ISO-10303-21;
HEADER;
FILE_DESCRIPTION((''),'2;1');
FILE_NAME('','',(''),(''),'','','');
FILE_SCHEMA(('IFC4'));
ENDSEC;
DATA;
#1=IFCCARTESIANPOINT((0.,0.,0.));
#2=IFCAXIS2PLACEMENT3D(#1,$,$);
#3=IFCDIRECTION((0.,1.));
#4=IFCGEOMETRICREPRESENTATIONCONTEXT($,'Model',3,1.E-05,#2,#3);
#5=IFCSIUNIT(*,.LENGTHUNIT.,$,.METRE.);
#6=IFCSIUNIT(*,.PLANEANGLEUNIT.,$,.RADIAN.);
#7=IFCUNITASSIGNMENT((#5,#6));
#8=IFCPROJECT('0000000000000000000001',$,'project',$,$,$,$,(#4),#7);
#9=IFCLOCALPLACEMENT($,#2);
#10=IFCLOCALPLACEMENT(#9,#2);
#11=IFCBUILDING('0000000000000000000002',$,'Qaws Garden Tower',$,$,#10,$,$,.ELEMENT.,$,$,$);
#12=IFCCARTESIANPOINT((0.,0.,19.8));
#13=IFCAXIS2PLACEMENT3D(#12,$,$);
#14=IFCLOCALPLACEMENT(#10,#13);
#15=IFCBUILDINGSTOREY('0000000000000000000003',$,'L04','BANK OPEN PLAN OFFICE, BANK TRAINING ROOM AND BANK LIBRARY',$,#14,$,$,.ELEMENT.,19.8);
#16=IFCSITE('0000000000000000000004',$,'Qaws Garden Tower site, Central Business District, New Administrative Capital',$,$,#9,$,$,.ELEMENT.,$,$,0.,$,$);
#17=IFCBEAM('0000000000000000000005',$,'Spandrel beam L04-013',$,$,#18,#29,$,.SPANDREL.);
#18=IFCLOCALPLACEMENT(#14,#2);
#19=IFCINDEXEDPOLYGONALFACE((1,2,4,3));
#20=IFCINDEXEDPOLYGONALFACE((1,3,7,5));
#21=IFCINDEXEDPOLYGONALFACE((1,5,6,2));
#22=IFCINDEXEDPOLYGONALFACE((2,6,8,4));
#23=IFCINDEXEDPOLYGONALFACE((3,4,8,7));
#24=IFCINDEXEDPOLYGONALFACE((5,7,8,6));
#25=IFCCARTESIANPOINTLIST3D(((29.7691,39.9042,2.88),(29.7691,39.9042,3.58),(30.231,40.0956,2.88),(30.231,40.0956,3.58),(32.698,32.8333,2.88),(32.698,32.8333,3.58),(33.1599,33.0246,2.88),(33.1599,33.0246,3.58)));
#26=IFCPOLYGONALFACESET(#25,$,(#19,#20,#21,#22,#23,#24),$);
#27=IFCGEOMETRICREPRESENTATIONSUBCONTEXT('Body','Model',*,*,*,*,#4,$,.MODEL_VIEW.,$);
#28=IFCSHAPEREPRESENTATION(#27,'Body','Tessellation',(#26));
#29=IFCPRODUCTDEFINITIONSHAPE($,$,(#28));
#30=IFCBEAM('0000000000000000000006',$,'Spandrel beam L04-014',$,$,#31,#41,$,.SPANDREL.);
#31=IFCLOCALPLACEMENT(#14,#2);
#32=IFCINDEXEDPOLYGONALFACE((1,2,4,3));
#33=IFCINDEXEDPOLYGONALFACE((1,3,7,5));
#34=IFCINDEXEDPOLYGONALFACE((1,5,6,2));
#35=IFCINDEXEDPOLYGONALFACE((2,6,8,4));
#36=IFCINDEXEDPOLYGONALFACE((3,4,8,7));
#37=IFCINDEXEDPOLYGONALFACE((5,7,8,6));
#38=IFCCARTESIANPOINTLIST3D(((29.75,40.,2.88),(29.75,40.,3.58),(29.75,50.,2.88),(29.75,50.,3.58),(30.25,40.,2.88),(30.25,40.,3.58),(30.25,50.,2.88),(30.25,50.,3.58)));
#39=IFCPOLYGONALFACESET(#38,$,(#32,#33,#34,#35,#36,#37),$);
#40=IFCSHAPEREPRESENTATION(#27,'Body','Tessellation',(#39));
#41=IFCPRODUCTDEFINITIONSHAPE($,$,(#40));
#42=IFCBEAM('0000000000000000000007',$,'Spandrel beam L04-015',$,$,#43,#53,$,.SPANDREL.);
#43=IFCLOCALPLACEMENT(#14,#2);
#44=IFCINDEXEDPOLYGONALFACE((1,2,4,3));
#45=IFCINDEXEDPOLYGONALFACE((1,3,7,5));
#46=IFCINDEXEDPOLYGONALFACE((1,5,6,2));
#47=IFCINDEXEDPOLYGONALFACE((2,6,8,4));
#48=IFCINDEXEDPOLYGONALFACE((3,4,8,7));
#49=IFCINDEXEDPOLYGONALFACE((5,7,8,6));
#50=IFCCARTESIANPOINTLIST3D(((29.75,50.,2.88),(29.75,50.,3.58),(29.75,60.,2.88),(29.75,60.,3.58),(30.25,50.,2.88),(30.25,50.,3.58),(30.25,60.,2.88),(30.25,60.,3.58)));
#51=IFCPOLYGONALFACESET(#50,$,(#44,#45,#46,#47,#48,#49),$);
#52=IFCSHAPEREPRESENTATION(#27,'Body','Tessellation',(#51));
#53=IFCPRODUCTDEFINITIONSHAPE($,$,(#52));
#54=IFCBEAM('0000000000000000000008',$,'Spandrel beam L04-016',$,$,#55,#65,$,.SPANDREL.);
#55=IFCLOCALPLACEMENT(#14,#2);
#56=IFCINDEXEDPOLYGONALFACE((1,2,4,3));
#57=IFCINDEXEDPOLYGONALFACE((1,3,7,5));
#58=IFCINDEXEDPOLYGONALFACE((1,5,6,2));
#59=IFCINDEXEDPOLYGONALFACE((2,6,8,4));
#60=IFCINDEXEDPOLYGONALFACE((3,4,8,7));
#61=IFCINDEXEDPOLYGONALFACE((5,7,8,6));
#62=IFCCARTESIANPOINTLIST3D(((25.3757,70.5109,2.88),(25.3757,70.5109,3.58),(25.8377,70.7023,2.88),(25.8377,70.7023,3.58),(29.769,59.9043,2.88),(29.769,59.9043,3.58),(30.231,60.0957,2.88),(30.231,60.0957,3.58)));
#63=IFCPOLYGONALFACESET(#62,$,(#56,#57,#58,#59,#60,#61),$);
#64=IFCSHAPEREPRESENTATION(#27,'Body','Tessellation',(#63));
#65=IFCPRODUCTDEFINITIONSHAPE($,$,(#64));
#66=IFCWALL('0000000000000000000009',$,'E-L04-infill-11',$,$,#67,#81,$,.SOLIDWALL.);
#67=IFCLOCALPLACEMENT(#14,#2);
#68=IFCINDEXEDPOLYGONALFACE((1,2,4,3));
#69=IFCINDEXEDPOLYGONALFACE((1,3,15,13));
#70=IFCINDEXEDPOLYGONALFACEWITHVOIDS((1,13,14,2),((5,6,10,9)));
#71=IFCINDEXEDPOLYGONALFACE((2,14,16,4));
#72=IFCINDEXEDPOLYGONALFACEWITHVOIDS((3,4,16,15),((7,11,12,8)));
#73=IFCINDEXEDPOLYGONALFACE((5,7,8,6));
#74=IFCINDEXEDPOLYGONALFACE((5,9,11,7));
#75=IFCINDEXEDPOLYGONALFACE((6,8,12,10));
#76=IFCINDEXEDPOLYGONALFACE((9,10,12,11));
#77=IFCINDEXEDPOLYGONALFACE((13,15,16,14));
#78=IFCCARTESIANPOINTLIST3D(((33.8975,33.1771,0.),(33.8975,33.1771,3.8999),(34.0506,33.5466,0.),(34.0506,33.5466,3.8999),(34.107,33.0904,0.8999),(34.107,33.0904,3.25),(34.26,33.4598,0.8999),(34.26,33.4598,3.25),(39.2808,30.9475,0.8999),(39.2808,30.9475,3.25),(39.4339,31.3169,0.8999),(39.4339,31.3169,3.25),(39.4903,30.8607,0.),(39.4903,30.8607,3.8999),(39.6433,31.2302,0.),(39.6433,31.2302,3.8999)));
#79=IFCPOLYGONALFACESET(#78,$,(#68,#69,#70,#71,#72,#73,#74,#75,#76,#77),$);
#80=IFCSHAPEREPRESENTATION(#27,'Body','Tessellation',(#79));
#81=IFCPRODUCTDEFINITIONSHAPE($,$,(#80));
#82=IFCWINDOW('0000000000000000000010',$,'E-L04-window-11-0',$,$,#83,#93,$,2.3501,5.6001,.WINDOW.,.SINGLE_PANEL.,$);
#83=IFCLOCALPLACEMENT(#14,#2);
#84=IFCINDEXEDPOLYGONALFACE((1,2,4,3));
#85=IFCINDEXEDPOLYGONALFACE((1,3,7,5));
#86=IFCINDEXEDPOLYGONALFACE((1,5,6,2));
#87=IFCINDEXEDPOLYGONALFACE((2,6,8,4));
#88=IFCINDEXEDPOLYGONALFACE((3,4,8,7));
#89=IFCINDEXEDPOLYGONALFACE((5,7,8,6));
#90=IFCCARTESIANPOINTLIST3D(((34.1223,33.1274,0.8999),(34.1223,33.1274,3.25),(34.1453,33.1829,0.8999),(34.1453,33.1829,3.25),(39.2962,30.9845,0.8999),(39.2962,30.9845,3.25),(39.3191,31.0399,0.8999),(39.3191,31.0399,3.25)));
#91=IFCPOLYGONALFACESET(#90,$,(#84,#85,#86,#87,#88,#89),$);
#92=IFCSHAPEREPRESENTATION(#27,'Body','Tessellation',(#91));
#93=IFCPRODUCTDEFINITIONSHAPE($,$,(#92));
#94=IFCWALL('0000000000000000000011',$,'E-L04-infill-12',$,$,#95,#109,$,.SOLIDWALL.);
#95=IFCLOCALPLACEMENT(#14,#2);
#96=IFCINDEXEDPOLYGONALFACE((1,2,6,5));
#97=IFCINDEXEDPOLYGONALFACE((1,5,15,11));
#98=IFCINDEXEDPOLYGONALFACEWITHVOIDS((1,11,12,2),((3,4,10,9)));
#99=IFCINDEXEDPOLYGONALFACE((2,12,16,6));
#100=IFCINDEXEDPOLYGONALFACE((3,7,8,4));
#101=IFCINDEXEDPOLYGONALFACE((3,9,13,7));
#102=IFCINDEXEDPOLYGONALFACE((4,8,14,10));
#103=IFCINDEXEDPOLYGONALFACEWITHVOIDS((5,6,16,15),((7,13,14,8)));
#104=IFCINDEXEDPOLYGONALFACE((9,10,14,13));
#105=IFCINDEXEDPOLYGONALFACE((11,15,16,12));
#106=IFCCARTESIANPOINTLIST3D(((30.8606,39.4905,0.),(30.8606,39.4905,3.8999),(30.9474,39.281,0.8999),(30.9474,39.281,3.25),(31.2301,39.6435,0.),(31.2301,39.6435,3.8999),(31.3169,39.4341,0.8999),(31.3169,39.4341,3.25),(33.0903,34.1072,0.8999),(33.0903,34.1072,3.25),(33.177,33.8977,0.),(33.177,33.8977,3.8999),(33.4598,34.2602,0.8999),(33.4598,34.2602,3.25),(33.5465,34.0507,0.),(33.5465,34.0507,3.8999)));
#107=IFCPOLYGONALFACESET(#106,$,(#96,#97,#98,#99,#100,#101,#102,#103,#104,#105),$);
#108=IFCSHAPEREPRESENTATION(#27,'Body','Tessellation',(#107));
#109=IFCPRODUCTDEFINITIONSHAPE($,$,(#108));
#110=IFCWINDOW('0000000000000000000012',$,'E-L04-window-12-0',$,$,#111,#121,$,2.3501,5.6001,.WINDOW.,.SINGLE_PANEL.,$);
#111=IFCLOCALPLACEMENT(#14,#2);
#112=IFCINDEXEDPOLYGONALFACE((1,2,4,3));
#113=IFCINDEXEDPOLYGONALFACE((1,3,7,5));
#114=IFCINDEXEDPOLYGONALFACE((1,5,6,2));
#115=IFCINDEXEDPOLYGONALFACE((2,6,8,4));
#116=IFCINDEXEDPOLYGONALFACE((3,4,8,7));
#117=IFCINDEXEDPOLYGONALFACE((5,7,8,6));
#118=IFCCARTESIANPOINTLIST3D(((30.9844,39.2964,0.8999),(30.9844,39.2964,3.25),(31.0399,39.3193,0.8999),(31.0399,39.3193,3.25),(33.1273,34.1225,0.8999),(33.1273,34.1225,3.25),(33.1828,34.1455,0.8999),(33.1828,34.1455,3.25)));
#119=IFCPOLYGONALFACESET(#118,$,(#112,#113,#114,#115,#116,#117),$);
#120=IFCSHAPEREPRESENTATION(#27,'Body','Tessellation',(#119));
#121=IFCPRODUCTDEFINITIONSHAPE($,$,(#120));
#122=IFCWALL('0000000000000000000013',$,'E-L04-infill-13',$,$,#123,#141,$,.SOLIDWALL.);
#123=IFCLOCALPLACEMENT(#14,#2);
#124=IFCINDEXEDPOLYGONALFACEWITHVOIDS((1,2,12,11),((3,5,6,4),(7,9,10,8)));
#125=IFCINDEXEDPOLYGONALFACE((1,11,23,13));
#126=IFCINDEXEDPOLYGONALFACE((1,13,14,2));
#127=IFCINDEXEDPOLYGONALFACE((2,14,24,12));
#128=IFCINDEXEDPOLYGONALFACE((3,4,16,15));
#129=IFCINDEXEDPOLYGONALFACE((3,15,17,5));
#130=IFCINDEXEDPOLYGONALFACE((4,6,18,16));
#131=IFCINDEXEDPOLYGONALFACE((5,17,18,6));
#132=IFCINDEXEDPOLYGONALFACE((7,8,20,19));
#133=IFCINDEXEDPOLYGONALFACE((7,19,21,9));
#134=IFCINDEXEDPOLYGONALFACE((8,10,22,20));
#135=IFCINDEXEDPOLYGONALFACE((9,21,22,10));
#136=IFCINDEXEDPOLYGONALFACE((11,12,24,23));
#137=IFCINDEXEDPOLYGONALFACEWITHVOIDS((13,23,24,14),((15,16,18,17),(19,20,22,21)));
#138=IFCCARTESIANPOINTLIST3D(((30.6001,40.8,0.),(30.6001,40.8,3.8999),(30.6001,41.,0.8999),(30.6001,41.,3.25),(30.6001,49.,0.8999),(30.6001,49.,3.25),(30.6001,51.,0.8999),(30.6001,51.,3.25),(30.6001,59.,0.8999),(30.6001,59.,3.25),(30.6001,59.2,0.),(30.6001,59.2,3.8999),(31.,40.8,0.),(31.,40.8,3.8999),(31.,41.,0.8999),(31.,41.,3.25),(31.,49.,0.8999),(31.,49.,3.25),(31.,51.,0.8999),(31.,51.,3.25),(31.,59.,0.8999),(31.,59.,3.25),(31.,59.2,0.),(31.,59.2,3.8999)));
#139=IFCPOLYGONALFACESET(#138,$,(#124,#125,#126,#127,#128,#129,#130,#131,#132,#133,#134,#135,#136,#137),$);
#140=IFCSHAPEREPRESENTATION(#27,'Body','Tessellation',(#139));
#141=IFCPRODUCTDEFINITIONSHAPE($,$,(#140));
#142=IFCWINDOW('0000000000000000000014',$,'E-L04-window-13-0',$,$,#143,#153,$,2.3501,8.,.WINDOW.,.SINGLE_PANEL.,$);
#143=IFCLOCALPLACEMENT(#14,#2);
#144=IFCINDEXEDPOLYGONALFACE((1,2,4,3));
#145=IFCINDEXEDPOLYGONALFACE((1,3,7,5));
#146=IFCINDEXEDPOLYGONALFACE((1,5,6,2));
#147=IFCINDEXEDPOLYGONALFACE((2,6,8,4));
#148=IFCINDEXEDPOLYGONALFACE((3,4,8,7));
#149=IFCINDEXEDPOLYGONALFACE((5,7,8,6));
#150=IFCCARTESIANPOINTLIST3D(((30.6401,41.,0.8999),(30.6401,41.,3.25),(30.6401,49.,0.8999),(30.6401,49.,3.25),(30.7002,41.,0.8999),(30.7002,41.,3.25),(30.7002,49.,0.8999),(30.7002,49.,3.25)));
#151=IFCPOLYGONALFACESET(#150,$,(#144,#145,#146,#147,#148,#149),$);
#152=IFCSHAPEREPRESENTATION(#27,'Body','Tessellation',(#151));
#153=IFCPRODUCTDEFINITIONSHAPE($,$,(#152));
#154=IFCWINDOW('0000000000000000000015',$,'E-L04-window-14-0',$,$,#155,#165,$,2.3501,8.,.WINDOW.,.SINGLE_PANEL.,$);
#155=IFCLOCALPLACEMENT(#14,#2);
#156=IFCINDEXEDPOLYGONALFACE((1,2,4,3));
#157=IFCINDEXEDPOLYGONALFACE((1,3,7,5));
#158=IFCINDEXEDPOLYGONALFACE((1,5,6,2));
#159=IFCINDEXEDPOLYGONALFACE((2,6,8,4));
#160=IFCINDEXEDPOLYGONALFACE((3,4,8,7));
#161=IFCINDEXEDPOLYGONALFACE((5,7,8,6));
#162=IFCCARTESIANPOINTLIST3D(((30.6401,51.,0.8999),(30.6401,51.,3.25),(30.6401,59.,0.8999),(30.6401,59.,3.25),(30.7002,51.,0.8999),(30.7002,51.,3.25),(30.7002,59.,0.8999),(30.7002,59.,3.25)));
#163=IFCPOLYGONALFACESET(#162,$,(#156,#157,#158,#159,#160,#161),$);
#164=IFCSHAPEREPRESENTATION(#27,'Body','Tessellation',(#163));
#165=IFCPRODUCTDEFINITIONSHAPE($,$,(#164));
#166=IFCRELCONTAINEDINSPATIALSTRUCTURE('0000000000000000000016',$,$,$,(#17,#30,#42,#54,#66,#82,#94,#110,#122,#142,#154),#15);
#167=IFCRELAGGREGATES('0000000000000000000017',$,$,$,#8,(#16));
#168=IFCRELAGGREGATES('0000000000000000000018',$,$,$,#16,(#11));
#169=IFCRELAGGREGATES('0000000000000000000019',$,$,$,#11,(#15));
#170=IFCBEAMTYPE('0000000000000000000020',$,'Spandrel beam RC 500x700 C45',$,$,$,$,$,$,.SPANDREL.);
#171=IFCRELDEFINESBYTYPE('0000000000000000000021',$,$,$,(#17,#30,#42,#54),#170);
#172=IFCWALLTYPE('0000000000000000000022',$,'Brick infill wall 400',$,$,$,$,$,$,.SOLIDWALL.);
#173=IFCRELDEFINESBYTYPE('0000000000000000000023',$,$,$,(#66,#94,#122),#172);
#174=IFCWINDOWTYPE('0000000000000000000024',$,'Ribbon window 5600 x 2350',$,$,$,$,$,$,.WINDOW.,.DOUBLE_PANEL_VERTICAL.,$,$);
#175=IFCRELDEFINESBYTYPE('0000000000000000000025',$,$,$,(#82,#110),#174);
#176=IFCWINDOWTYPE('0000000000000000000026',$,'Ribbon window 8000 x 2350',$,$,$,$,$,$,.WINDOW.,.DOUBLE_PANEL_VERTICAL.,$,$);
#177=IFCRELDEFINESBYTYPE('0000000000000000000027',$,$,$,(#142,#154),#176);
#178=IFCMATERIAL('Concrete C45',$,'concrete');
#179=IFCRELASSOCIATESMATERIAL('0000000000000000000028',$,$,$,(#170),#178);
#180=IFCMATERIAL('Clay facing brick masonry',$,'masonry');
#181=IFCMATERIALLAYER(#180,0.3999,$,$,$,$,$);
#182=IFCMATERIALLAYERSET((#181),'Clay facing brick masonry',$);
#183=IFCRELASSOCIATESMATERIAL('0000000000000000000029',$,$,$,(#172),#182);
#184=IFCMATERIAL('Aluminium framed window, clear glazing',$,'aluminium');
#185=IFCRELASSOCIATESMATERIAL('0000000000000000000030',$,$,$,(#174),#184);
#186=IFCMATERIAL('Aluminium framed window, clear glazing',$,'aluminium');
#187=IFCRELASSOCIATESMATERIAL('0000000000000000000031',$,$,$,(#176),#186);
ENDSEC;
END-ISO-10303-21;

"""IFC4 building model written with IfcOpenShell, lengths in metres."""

from ifc_helpers import new_model, si_unit, direction, frame, frame_2d, origin, origin_2d, place, context, subcontext, project, spatial, rectangle, extrude, material, layer, layer_set, material_profile, profile_set, type_object, element, fill, save


model = new_model("IFC4")

# Units and contexts
model_context = context("Model", 3, precision=1e-05, world=origin(), true_north=direction((0.0, 1.0)))
body_context = subcontext(model_context, "Body", "Model", "MODEL_VIEW")
ifc_project = project(units=[si_unit("LENGTHUNIT", "METRE"), si_unit("PLANEANGLEUNIT", "RADIAN")], contexts=[model_context])

# Site, building, storey
site_placement = place(None, origin())
site = spatial("IfcSite", under=ifc_project, at=site_placement, Name="Qaws Garden Tower site, Central Business District, New Administrative Capital", CompositionType="ELEMENT", RefElevation=0.0)
building_placement = place(site_placement, origin())
building = spatial("IfcBuilding", under=site, at=building_placement, Name="Qaws Garden Tower", CompositionType="ELEMENT")
storey_placement = place(building_placement, frame((0.0, 0.0, 19.8)))
storey = spatial("IfcBuildingStorey", under=building, at=storey_placement, Name="L04", Description="BANK OPEN PLAN OFFICE, BANK TRAINING ROOM AND BANK LIBRARY", CompositionType="ELEMENT", Elevation=19.8)

# Beams
ifc_material_1 = material(Name="Concrete C45", Category="concrete")
ifc_material_profile_1 = material_profile(ifc_material_1, rectangle(XDim=0.5, YDim=0.7, at=origin_2d()), Name="RC 500x700")
ifc_profile_set_1 = profile_set([ifc_material_profile_1], Name="Concrete C45")
beam_type = type_object("IfcBeamType", Name="Spandrel beam RC 500x700 C45", PredefinedType="SPANDREL", material=ifc_profile_set_1)
beam_1_placement = place(storey_placement, frame((32.929, 32.929, 3.23), z_axis=(-0.382687, 0.923878, 0.0), x_axis=(-0.923878, -0.382687, 0.0)))
element("IfcBeam", 1, at=beam_1_placement, inside=storey, type_object=beam_type, Name="Spandrel beam L04-013", PredefinedType="SPANDREL", context=body_context, shape_type="SweptSolid", body=[
    extrude(rectangle(XDim=0.5, YDim=0.7, at=origin_2d()), origin(), (0.0, 0.0, 1.0), 7.6536),
])
for number, where, z_axis, x_axis, name in (
    (2, (30.0, 40.0, 3.23), (0.0, 1.0, 0.0), (-1.0, 0.0, 0.0), "Spandrel beam L04-014"),
    (3, (30.0, 50.0, 3.23), (0.0, 1.0, 0.0), (-1.0, 0.0, 0.0), "Spandrel beam L04-015"),
):
    element("IfcBeam", number, at=place(storey_placement, frame(where, z_axis=z_axis, x_axis=x_axis)), inside=storey, type_object=beam_type, Name=name, PredefinedType="SPANDREL", context=body_context, shape_type="SweptSolid", body=[
        extrude(rectangle(XDim=0.5, YDim=0.7, at=origin_2d()), origin(), (0.0, 0.0, 1.0), 10.0),
    ])
beam_2_placement = place(storey_placement, frame((30.0, 60.0, 3.23), z_axis=(-0.382674, 0.923883, 0.0), x_axis=(-0.923883, -0.382674, 0.0)))
element("IfcBeam", 4, at=beam_2_placement, inside=storey, type_object=beam_type, Name="Spandrel beam L04-016", PredefinedType="SPANDREL", context=body_context, shape_type="SweptSolid", body=[
    extrude(rectangle(XDim=0.5, YDim=0.7, at=origin_2d()), origin(), (0.0, 0.0, 1.0), 11.4805),
])

# Walls, openings, windows
ifc_material_2 = material(Name="Clay facing brick masonry", Category="masonry")
ifc_layer_1 = layer(ifc_material_2, 0.3999)
ifc_layer_set_1 = layer_set([ifc_layer_1], Name="Clay facing brick masonry")
wall_type_1 = type_object("IfcWallType", Name="Brick infill wall 400", PredefinedType="SOLIDWALL", material=ifc_layer_set_1)
wall_1_placement = place(storey_placement, frame((39.5669, 31.0454, 0.0), z_axis=(0.0, 0.0, 1.0), x_axis=(-0.923891, 0.382656, 0.0)))
wall_1 = element("IfcWall", 5, at=wall_1_placement, inside=storey, type_object=wall_type_1, Name="E-L04-infill-11", PredefinedType="SOLIDWALL", context=body_context, shape_type="SweptSolid", body=[
    extrude(rectangle(XDim=6.0535, YDim=0.3999, at=frame_2d((3.0269, 0.0))), origin(), (0.0, 0.0, 1.0), 3.8999),
])
opening_1_placement = place(wall_1_placement, frame((0.2268, 0.0, 0.8999)))
opening_1 = element("IfcOpeningElement", 6, at=opening_1_placement, cuts=wall_1, PredefinedType="OPENING", context=body_context, shape_type="SweptSolid", body=[
    extrude(rectangle(XDim=5.6001, YDim=2.3501, at=frame_2d((2.8, 1.175))), frame((0.0, 0.21, 0.0), z_axis=(0.0, -1.0, 0.0), x_axis=(1.0, 0.0, 0.0)), (0.0, 0.0, 1.0), 0.4199),
])
ifc_material_3 = material(Name="Aluminium framed window, clear glazing", Category="aluminium")
window_type_1 = type_object("IfcWindowType", Name="Ribbon window 5600 x 2350", PartitioningType="DOUBLE_PANEL_VERTICAL", PredefinedType="WINDOW", material=ifc_material_3)
window_1_placement = place(opening_1_placement, origin())
window_1 = element("IfcWindow", 7, at=window_1_placement, inside=storey, type_object=window_type_1, Name="E-L04-window-11-0", OverallHeight=2.3501, OverallWidth=5.6001, PartitioningType="SINGLE_PANEL", PredefinedType="WINDOW", context=body_context, shape_type="SweptSolid", body=[
    extrude(rectangle(XDim=5.6001, YDim=2.3501, at=frame_2d((2.8, 1.175))), frame((0.0, 0.1599, 0.0), z_axis=(0.0, -1.0, 0.0), x_axis=(1.0, 0.0, 0.0)), (0.0, 0.0, 1.0), 0.0601),
])
fill(opening_1, window_1)
wall_2_placement = place(storey_placement, frame((33.3618, 33.9741, 0.0), z_axis=(0.0, 0.0, 1.0), x_axis=(-0.382656, 0.923891, 0.0)))
wall_2 = element("IfcWall", 8, at=wall_2_placement, inside=storey, type_object=wall_type_1, Name="E-L04-infill-12", PredefinedType="SOLIDWALL", context=body_context, shape_type="SweptSolid", body=[
    extrude(rectangle(XDim=6.0535, YDim=0.3999, at=frame_2d((3.0269, 0.0))), origin(), (0.0, 0.0, 1.0), 3.8999),
])
opening_2_placement = place(wall_2_placement, frame((0.2268, 0.0, 0.8999)))
opening_2 = element("IfcOpeningElement", 9, at=opening_2_placement, cuts=wall_2, PredefinedType="OPENING", context=body_context, shape_type="SweptSolid", body=[
    extrude(rectangle(XDim=5.6001, YDim=2.3501, at=frame_2d((2.8, 1.175))), frame((0.0, 0.21, 0.0), z_axis=(0.0, -1.0, 0.0), x_axis=(1.0, 0.0, 0.0)), (0.0, 0.0, 1.0), 0.4199),
])
window_2_placement = place(opening_2_placement, origin())
window_2 = element("IfcWindow", 10, at=window_2_placement, inside=storey, type_object=window_type_1, Name="E-L04-window-12-0", OverallHeight=2.3501, OverallWidth=5.6001, PartitioningType="SINGLE_PANEL", PredefinedType="WINDOW", context=body_context, shape_type="SweptSolid", body=[
    extrude(rectangle(XDim=5.6001, YDim=2.3501, at=frame_2d((2.8, 1.175))), frame((0.0, 0.1599, 0.0), z_axis=(0.0, -1.0, 0.0), x_axis=(1.0, 0.0, 0.0)), (0.0, 0.0, 1.0), 0.0601),
])
fill(opening_2, window_2)

# Wall, openings, windows
wall_3_placement = place(storey_placement, frame((30.8, 40.8, 0.0), z_axis=(0.0, 0.0, 1.0), x_axis=(0.0, 1.0, 0.0)))
wall_3 = element("IfcWall", 11, at=wall_3_placement, inside=storey, type_object=wall_type_1, Name="E-L04-infill-13", PredefinedType="SOLIDWALL", context=body_context, shape_type="SweptSolid", body=[
    extrude(rectangle(XDim=18.3999, YDim=0.3999, at=frame_2d((9.2, 0.0))), origin(), (0.0, 0.0, 1.0), 3.8999),
])
opening_3_placement = place(wall_3_placement, frame((0.2, 0.0, 0.8999)))
opening_3 = element("IfcOpeningElement", 12, at=opening_3_placement, cuts=wall_3, PredefinedType="OPENING", context=body_context, shape_type="SweptSolid", body=[
    extrude(rectangle(XDim=8.0, YDim=2.3501, at=frame_2d((4.0, 1.175))), frame((0.0, 0.21, 0.0), z_axis=(0.0, -1.0, 0.0), x_axis=(1.0, 0.0, 0.0)), (0.0, 0.0, 1.0), 0.4199),
])
opening_4_placement = place(wall_3_placement, frame((10.2, 0.0, 0.8999)))
opening_4 = element("IfcOpeningElement", 13, at=opening_4_placement, cuts=wall_3, PredefinedType="OPENING", context=body_context, shape_type="SweptSolid", body=[
    extrude(rectangle(XDim=8.0, YDim=2.3501, at=frame_2d((4.0, 1.175))), frame((0.0, 0.21, 0.0), z_axis=(0.0, -1.0, 0.0), x_axis=(1.0, 0.0, 0.0)), (0.0, 0.0, 1.0), 0.4199),
])
ifc_material_4 = material(Name="Aluminium framed window, clear glazing", Category="aluminium")
window_type_2 = type_object("IfcWindowType", Name="Ribbon window 8000 x 2350", PartitioningType="DOUBLE_PANEL_VERTICAL", PredefinedType="WINDOW", material=ifc_material_4)
window_3_placement = place(opening_3_placement, origin())
window_3 = element("IfcWindow", 14, at=window_3_placement, inside=storey, type_object=window_type_2, Name="E-L04-window-13-0", OverallHeight=2.3501, OverallWidth=8.0, PartitioningType="SINGLE_PANEL", PredefinedType="WINDOW", context=body_context, shape_type="SweptSolid", body=[
    extrude(rectangle(XDim=8.0, YDim=2.3501, at=frame_2d((4.0, 1.175))), frame((0.0, 0.1599, 0.0), z_axis=(0.0, -1.0, 0.0), x_axis=(1.0, 0.0, 0.0)), (0.0, 0.0, 1.0), 0.0601),
])
fill(opening_3, window_3)
window_4_placement = place(opening_4_placement, origin())
window_4 = element("IfcWindow", 15, at=window_4_placement, inside=storey, type_object=window_type_2, Name="E-L04-window-14-0", OverallHeight=2.3501, OverallWidth=8.0, PartitioningType="SINGLE_PANEL", PredefinedType="WINDOW", context=body_context, shape_type="SweptSolid", body=[
    extrude(rectangle(XDim=8.0, YDim=2.3501, at=frame_2d((4.0, 1.175))), frame((0.0, 0.1599, 0.0), z_axis=(0.0, -1.0, 0.0), x_axis=(1.0, 0.0, 0.0)), (0.0, 0.0, 1.0), 0.0601),
])
fill(opening_4, window_4)

save(model, "model.ifc")
